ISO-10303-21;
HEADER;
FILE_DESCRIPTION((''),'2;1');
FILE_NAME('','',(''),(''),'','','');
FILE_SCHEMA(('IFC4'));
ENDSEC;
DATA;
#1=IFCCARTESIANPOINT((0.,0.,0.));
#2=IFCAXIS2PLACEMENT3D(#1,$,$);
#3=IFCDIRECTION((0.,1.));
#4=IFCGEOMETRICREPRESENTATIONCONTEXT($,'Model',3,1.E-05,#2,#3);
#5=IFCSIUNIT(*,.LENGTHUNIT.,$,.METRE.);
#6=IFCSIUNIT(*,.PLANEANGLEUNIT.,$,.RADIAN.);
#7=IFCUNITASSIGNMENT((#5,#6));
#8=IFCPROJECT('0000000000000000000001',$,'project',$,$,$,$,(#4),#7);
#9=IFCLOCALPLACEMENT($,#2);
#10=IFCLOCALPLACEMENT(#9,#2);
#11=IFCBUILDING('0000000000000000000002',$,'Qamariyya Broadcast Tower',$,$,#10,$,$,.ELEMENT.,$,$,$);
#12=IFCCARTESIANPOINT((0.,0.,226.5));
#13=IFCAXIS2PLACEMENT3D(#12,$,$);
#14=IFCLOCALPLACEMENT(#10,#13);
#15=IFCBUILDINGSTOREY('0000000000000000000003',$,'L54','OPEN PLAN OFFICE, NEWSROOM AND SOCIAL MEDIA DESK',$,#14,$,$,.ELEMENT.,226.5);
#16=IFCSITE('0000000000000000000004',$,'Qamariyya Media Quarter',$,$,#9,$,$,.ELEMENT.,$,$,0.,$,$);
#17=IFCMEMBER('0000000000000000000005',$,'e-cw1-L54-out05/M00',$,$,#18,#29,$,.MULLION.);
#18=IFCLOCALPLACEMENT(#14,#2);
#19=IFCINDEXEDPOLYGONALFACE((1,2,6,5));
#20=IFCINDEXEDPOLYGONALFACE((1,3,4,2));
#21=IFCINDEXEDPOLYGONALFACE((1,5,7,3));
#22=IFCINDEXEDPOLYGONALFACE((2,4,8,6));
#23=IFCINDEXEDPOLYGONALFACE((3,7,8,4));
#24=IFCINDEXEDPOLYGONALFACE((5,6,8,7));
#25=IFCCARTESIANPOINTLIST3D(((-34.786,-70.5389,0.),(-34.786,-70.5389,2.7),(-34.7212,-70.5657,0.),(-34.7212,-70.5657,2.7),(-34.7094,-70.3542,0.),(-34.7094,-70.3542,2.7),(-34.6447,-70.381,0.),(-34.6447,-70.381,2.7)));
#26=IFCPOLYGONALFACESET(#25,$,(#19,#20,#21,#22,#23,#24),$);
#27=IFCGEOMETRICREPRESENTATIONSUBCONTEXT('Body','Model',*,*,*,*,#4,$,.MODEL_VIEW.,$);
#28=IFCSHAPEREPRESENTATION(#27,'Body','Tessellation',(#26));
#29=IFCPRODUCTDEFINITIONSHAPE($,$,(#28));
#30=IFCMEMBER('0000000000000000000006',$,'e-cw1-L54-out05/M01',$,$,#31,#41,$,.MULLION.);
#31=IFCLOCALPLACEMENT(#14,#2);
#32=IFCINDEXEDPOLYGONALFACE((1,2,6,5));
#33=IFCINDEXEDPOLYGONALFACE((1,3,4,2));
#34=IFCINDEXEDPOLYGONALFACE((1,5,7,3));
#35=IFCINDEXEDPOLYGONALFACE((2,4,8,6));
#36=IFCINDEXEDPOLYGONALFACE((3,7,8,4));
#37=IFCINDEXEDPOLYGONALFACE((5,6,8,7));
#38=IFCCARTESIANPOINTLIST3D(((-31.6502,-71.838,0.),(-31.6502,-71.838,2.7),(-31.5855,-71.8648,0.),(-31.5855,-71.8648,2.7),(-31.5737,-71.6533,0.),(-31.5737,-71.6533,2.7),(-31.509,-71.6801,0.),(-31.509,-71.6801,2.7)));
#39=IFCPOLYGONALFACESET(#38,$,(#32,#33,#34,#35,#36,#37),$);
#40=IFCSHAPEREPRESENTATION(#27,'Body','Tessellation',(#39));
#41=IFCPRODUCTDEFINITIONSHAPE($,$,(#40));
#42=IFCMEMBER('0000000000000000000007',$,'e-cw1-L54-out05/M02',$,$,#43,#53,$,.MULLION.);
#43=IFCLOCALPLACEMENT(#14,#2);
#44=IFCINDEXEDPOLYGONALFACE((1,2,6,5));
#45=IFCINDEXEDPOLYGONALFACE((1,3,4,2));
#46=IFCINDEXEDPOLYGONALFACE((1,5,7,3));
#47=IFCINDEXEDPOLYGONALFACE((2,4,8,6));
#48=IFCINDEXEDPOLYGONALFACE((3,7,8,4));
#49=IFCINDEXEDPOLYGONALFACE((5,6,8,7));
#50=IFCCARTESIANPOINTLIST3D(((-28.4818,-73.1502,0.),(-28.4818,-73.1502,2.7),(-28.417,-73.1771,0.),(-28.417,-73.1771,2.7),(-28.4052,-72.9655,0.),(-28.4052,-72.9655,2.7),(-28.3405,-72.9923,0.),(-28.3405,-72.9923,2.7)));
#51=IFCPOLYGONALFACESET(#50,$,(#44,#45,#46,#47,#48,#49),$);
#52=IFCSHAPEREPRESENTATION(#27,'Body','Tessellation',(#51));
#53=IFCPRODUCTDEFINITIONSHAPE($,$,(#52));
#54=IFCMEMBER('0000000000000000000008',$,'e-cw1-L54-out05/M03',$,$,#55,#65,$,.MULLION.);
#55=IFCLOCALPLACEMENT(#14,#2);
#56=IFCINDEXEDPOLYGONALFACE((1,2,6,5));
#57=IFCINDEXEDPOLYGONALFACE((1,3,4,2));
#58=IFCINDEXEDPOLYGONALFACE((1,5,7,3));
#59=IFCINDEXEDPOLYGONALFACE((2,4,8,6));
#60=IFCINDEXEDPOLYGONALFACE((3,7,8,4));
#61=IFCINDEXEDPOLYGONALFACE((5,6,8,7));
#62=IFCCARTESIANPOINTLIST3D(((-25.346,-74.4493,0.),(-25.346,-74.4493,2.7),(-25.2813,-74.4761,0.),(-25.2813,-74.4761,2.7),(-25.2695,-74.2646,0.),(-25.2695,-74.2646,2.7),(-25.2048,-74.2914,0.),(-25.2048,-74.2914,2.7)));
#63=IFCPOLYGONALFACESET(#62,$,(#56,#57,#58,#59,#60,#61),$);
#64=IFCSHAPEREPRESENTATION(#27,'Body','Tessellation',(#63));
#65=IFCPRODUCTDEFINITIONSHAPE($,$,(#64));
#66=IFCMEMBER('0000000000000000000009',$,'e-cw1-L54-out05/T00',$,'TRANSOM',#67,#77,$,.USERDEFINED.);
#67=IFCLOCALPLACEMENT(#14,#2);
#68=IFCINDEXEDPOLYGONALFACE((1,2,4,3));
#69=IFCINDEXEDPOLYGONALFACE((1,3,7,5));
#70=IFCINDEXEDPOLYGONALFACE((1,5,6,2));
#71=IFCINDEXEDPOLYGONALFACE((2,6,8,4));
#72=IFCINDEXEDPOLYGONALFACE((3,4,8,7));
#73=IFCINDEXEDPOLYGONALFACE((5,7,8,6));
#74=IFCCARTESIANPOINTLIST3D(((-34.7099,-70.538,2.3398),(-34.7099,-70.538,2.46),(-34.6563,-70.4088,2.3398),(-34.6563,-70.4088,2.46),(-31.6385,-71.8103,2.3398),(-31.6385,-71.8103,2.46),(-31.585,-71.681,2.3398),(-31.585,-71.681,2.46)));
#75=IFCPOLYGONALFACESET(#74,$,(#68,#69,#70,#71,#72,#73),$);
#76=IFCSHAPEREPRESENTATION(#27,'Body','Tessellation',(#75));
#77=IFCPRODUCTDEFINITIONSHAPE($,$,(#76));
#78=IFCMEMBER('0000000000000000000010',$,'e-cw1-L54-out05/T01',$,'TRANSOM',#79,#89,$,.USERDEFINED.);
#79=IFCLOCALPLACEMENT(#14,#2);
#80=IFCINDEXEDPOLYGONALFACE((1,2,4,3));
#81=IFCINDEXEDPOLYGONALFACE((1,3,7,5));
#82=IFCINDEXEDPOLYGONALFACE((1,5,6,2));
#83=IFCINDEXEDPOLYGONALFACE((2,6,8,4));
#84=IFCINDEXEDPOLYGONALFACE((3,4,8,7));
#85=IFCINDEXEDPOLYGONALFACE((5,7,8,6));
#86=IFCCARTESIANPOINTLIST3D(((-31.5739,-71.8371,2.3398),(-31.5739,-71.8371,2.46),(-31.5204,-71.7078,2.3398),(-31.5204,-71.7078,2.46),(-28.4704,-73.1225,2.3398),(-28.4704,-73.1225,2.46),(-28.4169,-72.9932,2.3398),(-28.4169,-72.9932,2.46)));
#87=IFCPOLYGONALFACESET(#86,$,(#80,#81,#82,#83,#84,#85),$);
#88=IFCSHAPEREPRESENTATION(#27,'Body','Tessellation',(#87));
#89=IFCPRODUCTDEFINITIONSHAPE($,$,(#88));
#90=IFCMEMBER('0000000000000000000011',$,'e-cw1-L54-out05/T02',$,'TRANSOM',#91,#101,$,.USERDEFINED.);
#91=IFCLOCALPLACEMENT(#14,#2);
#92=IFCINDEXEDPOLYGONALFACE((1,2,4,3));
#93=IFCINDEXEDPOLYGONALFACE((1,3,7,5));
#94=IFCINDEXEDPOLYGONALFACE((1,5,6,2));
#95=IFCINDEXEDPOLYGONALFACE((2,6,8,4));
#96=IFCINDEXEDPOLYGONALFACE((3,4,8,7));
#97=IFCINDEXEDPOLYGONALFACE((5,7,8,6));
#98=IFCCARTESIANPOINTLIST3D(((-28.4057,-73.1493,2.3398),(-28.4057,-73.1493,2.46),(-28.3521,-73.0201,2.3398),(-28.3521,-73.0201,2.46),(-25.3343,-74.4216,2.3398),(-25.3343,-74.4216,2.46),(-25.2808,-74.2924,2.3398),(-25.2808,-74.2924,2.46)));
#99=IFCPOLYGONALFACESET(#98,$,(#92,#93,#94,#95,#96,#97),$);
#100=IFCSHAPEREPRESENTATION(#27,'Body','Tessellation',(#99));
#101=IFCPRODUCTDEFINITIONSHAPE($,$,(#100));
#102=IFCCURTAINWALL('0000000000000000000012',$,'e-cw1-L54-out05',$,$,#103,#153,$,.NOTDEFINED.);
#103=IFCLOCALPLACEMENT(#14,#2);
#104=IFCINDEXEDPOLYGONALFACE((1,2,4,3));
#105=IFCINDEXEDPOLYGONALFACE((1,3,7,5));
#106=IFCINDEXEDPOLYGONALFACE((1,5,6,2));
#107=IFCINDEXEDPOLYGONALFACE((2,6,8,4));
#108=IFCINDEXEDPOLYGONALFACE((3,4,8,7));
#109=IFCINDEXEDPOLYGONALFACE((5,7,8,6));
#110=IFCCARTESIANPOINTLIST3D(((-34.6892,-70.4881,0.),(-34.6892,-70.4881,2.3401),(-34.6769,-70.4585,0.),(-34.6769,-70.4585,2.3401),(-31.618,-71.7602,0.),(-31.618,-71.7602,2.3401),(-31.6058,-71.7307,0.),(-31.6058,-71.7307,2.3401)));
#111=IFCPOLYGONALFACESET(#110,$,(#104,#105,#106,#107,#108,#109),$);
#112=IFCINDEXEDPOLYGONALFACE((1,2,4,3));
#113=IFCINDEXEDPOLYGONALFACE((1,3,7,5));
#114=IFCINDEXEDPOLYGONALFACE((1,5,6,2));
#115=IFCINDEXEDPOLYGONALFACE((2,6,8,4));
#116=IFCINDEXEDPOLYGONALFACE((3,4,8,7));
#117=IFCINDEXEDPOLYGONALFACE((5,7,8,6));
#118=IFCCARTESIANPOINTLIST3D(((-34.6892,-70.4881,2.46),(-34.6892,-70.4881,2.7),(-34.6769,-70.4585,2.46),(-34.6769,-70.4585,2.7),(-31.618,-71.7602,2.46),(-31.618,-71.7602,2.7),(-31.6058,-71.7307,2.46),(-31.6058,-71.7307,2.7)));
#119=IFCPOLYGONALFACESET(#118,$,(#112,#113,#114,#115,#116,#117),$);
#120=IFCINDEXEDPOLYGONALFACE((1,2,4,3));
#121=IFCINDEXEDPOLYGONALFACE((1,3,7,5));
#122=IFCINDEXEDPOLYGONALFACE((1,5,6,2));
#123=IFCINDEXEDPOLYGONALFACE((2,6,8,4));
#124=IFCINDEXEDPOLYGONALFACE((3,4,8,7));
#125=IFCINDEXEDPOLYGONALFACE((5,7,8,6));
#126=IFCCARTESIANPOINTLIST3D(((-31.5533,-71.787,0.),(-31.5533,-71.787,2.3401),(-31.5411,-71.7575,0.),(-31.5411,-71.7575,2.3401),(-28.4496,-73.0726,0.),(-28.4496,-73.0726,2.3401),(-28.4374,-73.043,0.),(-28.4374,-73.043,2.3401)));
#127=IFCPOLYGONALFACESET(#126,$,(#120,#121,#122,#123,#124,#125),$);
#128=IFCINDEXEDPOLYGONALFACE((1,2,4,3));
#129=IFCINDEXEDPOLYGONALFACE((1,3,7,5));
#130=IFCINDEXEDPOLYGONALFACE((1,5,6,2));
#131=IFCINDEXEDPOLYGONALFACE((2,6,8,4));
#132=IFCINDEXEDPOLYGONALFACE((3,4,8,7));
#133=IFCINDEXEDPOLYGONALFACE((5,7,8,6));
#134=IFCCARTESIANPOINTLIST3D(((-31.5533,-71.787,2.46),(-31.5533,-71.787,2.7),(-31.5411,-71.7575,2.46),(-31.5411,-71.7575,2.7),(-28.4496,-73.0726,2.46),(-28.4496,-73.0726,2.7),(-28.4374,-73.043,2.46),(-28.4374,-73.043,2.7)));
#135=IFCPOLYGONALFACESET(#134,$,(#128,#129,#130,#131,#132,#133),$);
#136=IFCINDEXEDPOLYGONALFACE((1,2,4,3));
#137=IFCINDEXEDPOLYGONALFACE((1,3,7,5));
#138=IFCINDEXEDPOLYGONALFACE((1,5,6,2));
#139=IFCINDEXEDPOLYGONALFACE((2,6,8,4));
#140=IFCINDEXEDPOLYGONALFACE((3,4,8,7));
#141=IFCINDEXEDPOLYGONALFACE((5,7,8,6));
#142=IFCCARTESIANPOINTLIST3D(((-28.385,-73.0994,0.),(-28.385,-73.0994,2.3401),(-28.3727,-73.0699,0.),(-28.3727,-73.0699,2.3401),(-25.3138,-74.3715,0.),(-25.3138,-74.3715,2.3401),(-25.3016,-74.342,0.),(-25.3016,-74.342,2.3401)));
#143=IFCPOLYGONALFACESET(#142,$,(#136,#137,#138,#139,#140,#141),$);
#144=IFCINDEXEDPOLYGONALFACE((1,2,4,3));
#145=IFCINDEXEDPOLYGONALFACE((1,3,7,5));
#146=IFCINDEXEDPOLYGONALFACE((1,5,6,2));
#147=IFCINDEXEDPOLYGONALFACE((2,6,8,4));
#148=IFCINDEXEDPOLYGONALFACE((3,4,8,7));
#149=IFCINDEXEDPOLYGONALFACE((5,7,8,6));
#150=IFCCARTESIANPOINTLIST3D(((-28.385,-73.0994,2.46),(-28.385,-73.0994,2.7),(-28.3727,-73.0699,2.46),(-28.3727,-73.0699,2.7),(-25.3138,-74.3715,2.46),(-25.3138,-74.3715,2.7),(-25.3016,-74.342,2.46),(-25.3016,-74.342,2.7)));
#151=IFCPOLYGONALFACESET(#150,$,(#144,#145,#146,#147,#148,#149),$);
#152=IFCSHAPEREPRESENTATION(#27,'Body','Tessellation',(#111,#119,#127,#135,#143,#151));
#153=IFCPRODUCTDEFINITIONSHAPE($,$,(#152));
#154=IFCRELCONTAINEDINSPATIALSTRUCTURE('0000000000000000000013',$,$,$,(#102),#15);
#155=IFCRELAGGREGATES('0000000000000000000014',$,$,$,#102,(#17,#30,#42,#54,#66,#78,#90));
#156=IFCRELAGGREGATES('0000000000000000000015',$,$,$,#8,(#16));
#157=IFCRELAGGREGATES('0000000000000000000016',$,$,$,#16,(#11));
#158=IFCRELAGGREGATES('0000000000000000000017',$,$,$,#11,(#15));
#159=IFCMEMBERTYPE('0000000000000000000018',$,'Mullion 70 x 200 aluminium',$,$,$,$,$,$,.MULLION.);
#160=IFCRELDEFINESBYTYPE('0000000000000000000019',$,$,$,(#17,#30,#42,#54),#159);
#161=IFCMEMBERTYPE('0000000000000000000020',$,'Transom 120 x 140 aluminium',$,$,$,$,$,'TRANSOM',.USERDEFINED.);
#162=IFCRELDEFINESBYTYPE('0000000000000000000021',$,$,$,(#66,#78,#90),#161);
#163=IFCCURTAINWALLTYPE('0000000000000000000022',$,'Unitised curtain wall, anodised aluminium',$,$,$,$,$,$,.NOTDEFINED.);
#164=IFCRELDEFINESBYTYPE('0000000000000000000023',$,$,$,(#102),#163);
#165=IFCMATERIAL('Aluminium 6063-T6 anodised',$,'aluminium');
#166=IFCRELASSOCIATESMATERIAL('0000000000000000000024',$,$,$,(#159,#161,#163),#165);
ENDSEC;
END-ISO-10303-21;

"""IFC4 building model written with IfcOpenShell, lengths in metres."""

from ifc_helpers import new_model, si_unit, direction, frame, origin, origin_2d, place, context, subcontext, project, spatial, rectangle, extrude, material, material_profile, profile_set, type_object, element, aggregate, save


model = new_model("IFC4")

# Units and contexts
model_context = context("Model", 3, precision=1e-05, world=origin(), true_north=direction((0.0, 1.0)))
body_context = subcontext(model_context, "Body", "Model", "MODEL_VIEW")
ifc_project = project(units=[si_unit("LENGTHUNIT", "METRE"), si_unit("PLANEANGLEUNIT", "RADIAN")], contexts=[model_context])

# Members
ifc_material = material(Name="Aluminium 6063-T6 anodised", Category="aluminium")
ifc_material_profile_1 = material_profile(ifc_material, rectangle(XDim=0.2, YDim=0.0701, at=origin_2d()))
ifc_profile_set_1 = profile_set([ifc_material_profile_1], Name="Aluminium 6063-T6 anodised")
member_type_1 = type_object("IfcMemberType", Name="Mullion 70 x 200 aluminium", PredefinedType="MULLION", material=ifc_profile_set_1)
site_placement = place(None, origin())
building_placement = place(site_placement, origin())
storey_placement = place(building_placement, frame((0.0, 0.0, 226.5)))
member_1_placement = place(storey_placement, frame((-34.7153, -70.46, 0.0), z_axis=(0.0, 0.0, 1.0), x_axis=(0.382683, 0.92388, 0.0)))
member_1 = element("IfcMember", 1, at=member_1_placement, type_object=member_type_1, Name="e-cw1-L54-out05/M00", PredefinedType="MULLION", context=body_context, shape_type="SweptSolid", body=[
    extrude(rectangle(XDim=0.2, YDim=0.0701, at=origin_2d()), origin(), (0.0, 0.0, 1.0), 2.7),
])
member_2_placement = place(storey_placement, frame((-31.5796, -71.759, 0.0), z_axis=(0.0, 0.0, 1.0), x_axis=(0.382683, 0.92388, 0.0)))
member_2 = element("IfcMember", 2, at=member_2_placement, type_object=member_type_1, Name="e-cw1-L54-out05/M01", PredefinedType="MULLION", context=body_context, shape_type="SweptSolid", body=[
    extrude(rectangle(XDim=0.2, YDim=0.0701, at=origin_2d()), origin(), (0.0, 0.0, 1.0), 2.7),
])
member_3_placement = place(storey_placement, frame((-28.4111, -73.0713, 0.0), z_axis=(0.0, 0.0, 1.0), x_axis=(0.382683, 0.92388, 0.0)))
member_3 = element("IfcMember", 3, at=member_3_placement, type_object=member_type_1, Name="e-cw1-L54-out05/M02", PredefinedType="MULLION", context=body_context, shape_type="SweptSolid", body=[
    extrude(rectangle(XDim=0.2, YDim=0.0701, at=origin_2d()), origin(), (0.0, 0.0, 1.0), 2.7),
])
member_4_placement = place(storey_placement, frame((-25.2754, -74.3704, 0.0), z_axis=(0.0, 0.0, 1.0), x_axis=(0.382683, 0.92388, 0.0)))
member_4 = element("IfcMember", 4, at=member_4_placement, type_object=member_type_1, Name="e-cw1-L54-out05/M03", PredefinedType="MULLION", context=body_context, shape_type="SweptSolid", body=[
    extrude(rectangle(XDim=0.2, YDim=0.0701, at=origin_2d()), origin(), (0.0, 0.0, 1.0), 2.7),
])
ifc_material_profile_2 = material_profile(ifc_material, rectangle(XDim=0.1399, YDim=0.1201, at=origin_2d()))
ifc_profile_set_2 = profile_set([ifc_material_profile_2], Name="Aluminium 6063-T6 anodised")
member_type_2 = type_object("IfcMemberType", Name="Transom 120 x 140 aluminium", ElementType="TRANSOM", PredefinedType="USERDEFINED", material=ifc_profile_set_2)
member_5_placement = place(storey_placement, frame((-34.6831, -70.4734, 2.3999), z_axis=(0.923875, -0.382696, 0.0), x_axis=(0.382696, 0.923875, 0.0)))
member_5 = element("IfcMember", 5, at=member_5_placement, type_object=member_type_2, Name="e-cw1-L54-out05/T00", ObjectType="TRANSOM", PredefinedType="USERDEFINED", context=body_context, shape_type="SweptSolid", body=[
    extrude(rectangle(XDim=0.1399, YDim=0.1201, at=origin_2d()), origin(), (0.0, 0.0, 1.0), 3.3245),
])
member_6_placement = place(storey_placement, frame((-31.5471, -71.7725, 2.3999), z_axis=(0.923892, -0.382653, 0.0), x_axis=(0.382653, 0.923892, 0.0)))
member_6 = element("IfcMember", 6, at=member_6_placement, type_object=member_type_2, Name="e-cw1-L54-out05/T01", ObjectType="TRANSOM", PredefinedType="USERDEFINED", context=body_context, shape_type="SweptSolid", body=[
    extrude(rectangle(XDim=0.1399, YDim=0.1201, at=origin_2d()), origin(), (0.0, 0.0, 1.0), 3.3591),
])
member_7_placement = place(storey_placement, frame((-28.3789, -73.0847, 2.3999), z_axis=(0.923875, -0.382696, 0.0), x_axis=(0.382696, 0.923875, 0.0)))
member_7 = element("IfcMember", 7, at=member_7_placement, type_object=member_type_2, Name="e-cw1-L54-out05/T02", ObjectType="TRANSOM", PredefinedType="USERDEFINED", context=body_context, shape_type="SweptSolid", body=[
    extrude(rectangle(XDim=0.1399, YDim=0.1201, at=origin_2d()), origin(), (0.0, 0.0, 1.0), 3.3245),
])

# Site, building, storey
site = spatial("IfcSite", under=ifc_project, at=site_placement, Name="Qamariyya Media Quarter", CompositionType="ELEMENT", RefElevation=0.0)
building = spatial("IfcBuilding", under=site, at=building_placement, Name="Qamariyya Broadcast Tower", CompositionType="ELEMENT")
storey = spatial("IfcBuildingStorey", under=building, at=storey_placement, Name="L54", Description="OPEN PLAN OFFICE, NEWSROOM AND SOCIAL MEDIA DESK", CompositionType="ELEMENT", Elevation=226.5)

# Curtain wall
curtain_wall_type = type_object("IfcCurtainWallType", Name="Unitised curtain wall, anodised aluminium", PredefinedType="NOTDEFINED", material=ifc_material)
curtain_wall_1_placement = place(storey_placement, origin())
curtain_wall_1 = element("IfcCurtainWall", 8, at=curtain_wall_1_placement, inside=storey, type_object=curtain_wall_type, Name="e-cw1-L54-out05", PredefinedType="NOTDEFINED", context=body_context, shape_type="SweptSolid", body=[
    extrude(rectangle(XDim=3.3242, YDim=0.032, at=origin_2d()), frame((-33.1475, -71.1094, 0.0), x_axis=(0.923881, -0.38268, 0.0)), (0.0, 0.0, 1.0), 2.3401),
    extrude(rectangle(XDim=3.3242, YDim=0.032, at=origin_2d()), frame((-33.1475, -71.1094, 2.46), x_axis=(0.923881, -0.38268, 0.0)), (0.0, 0.0, 1.0), 0.24),
    extrude(rectangle(XDim=3.3594, YDim=0.032, at=origin_2d()), frame((-29.9954, -72.415, 0.0), x_axis=(0.923881, -0.38268, 0.0)), (0.0, 0.0, 1.0), 2.3401),
    extrude(rectangle(XDim=3.3594, YDim=0.032, at=origin_2d()), frame((-29.9954, -72.415, 2.46), x_axis=(0.923881, -0.38268, 0.0)), (0.0, 0.0, 1.0), 0.24),
    extrude(rectangle(XDim=3.3242, YDim=0.032, at=origin_2d()), frame((-26.8433, -73.7207, 0.0), x_axis=(0.923881, -0.38268, 0.0)), (0.0, 0.0, 1.0), 2.3401),
    extrude(rectangle(XDim=3.3242, YDim=0.032, at=origin_2d()), frame((-26.8433, -73.7207, 2.46), x_axis=(0.923881, -0.38268, 0.0)), (0.0, 0.0, 1.0), 0.24),
])
aggregate(curtain_wall_1, [member_1, member_2, member_3, member_4, member_5, member_6, member_7])

save(model, "model.ifc")
